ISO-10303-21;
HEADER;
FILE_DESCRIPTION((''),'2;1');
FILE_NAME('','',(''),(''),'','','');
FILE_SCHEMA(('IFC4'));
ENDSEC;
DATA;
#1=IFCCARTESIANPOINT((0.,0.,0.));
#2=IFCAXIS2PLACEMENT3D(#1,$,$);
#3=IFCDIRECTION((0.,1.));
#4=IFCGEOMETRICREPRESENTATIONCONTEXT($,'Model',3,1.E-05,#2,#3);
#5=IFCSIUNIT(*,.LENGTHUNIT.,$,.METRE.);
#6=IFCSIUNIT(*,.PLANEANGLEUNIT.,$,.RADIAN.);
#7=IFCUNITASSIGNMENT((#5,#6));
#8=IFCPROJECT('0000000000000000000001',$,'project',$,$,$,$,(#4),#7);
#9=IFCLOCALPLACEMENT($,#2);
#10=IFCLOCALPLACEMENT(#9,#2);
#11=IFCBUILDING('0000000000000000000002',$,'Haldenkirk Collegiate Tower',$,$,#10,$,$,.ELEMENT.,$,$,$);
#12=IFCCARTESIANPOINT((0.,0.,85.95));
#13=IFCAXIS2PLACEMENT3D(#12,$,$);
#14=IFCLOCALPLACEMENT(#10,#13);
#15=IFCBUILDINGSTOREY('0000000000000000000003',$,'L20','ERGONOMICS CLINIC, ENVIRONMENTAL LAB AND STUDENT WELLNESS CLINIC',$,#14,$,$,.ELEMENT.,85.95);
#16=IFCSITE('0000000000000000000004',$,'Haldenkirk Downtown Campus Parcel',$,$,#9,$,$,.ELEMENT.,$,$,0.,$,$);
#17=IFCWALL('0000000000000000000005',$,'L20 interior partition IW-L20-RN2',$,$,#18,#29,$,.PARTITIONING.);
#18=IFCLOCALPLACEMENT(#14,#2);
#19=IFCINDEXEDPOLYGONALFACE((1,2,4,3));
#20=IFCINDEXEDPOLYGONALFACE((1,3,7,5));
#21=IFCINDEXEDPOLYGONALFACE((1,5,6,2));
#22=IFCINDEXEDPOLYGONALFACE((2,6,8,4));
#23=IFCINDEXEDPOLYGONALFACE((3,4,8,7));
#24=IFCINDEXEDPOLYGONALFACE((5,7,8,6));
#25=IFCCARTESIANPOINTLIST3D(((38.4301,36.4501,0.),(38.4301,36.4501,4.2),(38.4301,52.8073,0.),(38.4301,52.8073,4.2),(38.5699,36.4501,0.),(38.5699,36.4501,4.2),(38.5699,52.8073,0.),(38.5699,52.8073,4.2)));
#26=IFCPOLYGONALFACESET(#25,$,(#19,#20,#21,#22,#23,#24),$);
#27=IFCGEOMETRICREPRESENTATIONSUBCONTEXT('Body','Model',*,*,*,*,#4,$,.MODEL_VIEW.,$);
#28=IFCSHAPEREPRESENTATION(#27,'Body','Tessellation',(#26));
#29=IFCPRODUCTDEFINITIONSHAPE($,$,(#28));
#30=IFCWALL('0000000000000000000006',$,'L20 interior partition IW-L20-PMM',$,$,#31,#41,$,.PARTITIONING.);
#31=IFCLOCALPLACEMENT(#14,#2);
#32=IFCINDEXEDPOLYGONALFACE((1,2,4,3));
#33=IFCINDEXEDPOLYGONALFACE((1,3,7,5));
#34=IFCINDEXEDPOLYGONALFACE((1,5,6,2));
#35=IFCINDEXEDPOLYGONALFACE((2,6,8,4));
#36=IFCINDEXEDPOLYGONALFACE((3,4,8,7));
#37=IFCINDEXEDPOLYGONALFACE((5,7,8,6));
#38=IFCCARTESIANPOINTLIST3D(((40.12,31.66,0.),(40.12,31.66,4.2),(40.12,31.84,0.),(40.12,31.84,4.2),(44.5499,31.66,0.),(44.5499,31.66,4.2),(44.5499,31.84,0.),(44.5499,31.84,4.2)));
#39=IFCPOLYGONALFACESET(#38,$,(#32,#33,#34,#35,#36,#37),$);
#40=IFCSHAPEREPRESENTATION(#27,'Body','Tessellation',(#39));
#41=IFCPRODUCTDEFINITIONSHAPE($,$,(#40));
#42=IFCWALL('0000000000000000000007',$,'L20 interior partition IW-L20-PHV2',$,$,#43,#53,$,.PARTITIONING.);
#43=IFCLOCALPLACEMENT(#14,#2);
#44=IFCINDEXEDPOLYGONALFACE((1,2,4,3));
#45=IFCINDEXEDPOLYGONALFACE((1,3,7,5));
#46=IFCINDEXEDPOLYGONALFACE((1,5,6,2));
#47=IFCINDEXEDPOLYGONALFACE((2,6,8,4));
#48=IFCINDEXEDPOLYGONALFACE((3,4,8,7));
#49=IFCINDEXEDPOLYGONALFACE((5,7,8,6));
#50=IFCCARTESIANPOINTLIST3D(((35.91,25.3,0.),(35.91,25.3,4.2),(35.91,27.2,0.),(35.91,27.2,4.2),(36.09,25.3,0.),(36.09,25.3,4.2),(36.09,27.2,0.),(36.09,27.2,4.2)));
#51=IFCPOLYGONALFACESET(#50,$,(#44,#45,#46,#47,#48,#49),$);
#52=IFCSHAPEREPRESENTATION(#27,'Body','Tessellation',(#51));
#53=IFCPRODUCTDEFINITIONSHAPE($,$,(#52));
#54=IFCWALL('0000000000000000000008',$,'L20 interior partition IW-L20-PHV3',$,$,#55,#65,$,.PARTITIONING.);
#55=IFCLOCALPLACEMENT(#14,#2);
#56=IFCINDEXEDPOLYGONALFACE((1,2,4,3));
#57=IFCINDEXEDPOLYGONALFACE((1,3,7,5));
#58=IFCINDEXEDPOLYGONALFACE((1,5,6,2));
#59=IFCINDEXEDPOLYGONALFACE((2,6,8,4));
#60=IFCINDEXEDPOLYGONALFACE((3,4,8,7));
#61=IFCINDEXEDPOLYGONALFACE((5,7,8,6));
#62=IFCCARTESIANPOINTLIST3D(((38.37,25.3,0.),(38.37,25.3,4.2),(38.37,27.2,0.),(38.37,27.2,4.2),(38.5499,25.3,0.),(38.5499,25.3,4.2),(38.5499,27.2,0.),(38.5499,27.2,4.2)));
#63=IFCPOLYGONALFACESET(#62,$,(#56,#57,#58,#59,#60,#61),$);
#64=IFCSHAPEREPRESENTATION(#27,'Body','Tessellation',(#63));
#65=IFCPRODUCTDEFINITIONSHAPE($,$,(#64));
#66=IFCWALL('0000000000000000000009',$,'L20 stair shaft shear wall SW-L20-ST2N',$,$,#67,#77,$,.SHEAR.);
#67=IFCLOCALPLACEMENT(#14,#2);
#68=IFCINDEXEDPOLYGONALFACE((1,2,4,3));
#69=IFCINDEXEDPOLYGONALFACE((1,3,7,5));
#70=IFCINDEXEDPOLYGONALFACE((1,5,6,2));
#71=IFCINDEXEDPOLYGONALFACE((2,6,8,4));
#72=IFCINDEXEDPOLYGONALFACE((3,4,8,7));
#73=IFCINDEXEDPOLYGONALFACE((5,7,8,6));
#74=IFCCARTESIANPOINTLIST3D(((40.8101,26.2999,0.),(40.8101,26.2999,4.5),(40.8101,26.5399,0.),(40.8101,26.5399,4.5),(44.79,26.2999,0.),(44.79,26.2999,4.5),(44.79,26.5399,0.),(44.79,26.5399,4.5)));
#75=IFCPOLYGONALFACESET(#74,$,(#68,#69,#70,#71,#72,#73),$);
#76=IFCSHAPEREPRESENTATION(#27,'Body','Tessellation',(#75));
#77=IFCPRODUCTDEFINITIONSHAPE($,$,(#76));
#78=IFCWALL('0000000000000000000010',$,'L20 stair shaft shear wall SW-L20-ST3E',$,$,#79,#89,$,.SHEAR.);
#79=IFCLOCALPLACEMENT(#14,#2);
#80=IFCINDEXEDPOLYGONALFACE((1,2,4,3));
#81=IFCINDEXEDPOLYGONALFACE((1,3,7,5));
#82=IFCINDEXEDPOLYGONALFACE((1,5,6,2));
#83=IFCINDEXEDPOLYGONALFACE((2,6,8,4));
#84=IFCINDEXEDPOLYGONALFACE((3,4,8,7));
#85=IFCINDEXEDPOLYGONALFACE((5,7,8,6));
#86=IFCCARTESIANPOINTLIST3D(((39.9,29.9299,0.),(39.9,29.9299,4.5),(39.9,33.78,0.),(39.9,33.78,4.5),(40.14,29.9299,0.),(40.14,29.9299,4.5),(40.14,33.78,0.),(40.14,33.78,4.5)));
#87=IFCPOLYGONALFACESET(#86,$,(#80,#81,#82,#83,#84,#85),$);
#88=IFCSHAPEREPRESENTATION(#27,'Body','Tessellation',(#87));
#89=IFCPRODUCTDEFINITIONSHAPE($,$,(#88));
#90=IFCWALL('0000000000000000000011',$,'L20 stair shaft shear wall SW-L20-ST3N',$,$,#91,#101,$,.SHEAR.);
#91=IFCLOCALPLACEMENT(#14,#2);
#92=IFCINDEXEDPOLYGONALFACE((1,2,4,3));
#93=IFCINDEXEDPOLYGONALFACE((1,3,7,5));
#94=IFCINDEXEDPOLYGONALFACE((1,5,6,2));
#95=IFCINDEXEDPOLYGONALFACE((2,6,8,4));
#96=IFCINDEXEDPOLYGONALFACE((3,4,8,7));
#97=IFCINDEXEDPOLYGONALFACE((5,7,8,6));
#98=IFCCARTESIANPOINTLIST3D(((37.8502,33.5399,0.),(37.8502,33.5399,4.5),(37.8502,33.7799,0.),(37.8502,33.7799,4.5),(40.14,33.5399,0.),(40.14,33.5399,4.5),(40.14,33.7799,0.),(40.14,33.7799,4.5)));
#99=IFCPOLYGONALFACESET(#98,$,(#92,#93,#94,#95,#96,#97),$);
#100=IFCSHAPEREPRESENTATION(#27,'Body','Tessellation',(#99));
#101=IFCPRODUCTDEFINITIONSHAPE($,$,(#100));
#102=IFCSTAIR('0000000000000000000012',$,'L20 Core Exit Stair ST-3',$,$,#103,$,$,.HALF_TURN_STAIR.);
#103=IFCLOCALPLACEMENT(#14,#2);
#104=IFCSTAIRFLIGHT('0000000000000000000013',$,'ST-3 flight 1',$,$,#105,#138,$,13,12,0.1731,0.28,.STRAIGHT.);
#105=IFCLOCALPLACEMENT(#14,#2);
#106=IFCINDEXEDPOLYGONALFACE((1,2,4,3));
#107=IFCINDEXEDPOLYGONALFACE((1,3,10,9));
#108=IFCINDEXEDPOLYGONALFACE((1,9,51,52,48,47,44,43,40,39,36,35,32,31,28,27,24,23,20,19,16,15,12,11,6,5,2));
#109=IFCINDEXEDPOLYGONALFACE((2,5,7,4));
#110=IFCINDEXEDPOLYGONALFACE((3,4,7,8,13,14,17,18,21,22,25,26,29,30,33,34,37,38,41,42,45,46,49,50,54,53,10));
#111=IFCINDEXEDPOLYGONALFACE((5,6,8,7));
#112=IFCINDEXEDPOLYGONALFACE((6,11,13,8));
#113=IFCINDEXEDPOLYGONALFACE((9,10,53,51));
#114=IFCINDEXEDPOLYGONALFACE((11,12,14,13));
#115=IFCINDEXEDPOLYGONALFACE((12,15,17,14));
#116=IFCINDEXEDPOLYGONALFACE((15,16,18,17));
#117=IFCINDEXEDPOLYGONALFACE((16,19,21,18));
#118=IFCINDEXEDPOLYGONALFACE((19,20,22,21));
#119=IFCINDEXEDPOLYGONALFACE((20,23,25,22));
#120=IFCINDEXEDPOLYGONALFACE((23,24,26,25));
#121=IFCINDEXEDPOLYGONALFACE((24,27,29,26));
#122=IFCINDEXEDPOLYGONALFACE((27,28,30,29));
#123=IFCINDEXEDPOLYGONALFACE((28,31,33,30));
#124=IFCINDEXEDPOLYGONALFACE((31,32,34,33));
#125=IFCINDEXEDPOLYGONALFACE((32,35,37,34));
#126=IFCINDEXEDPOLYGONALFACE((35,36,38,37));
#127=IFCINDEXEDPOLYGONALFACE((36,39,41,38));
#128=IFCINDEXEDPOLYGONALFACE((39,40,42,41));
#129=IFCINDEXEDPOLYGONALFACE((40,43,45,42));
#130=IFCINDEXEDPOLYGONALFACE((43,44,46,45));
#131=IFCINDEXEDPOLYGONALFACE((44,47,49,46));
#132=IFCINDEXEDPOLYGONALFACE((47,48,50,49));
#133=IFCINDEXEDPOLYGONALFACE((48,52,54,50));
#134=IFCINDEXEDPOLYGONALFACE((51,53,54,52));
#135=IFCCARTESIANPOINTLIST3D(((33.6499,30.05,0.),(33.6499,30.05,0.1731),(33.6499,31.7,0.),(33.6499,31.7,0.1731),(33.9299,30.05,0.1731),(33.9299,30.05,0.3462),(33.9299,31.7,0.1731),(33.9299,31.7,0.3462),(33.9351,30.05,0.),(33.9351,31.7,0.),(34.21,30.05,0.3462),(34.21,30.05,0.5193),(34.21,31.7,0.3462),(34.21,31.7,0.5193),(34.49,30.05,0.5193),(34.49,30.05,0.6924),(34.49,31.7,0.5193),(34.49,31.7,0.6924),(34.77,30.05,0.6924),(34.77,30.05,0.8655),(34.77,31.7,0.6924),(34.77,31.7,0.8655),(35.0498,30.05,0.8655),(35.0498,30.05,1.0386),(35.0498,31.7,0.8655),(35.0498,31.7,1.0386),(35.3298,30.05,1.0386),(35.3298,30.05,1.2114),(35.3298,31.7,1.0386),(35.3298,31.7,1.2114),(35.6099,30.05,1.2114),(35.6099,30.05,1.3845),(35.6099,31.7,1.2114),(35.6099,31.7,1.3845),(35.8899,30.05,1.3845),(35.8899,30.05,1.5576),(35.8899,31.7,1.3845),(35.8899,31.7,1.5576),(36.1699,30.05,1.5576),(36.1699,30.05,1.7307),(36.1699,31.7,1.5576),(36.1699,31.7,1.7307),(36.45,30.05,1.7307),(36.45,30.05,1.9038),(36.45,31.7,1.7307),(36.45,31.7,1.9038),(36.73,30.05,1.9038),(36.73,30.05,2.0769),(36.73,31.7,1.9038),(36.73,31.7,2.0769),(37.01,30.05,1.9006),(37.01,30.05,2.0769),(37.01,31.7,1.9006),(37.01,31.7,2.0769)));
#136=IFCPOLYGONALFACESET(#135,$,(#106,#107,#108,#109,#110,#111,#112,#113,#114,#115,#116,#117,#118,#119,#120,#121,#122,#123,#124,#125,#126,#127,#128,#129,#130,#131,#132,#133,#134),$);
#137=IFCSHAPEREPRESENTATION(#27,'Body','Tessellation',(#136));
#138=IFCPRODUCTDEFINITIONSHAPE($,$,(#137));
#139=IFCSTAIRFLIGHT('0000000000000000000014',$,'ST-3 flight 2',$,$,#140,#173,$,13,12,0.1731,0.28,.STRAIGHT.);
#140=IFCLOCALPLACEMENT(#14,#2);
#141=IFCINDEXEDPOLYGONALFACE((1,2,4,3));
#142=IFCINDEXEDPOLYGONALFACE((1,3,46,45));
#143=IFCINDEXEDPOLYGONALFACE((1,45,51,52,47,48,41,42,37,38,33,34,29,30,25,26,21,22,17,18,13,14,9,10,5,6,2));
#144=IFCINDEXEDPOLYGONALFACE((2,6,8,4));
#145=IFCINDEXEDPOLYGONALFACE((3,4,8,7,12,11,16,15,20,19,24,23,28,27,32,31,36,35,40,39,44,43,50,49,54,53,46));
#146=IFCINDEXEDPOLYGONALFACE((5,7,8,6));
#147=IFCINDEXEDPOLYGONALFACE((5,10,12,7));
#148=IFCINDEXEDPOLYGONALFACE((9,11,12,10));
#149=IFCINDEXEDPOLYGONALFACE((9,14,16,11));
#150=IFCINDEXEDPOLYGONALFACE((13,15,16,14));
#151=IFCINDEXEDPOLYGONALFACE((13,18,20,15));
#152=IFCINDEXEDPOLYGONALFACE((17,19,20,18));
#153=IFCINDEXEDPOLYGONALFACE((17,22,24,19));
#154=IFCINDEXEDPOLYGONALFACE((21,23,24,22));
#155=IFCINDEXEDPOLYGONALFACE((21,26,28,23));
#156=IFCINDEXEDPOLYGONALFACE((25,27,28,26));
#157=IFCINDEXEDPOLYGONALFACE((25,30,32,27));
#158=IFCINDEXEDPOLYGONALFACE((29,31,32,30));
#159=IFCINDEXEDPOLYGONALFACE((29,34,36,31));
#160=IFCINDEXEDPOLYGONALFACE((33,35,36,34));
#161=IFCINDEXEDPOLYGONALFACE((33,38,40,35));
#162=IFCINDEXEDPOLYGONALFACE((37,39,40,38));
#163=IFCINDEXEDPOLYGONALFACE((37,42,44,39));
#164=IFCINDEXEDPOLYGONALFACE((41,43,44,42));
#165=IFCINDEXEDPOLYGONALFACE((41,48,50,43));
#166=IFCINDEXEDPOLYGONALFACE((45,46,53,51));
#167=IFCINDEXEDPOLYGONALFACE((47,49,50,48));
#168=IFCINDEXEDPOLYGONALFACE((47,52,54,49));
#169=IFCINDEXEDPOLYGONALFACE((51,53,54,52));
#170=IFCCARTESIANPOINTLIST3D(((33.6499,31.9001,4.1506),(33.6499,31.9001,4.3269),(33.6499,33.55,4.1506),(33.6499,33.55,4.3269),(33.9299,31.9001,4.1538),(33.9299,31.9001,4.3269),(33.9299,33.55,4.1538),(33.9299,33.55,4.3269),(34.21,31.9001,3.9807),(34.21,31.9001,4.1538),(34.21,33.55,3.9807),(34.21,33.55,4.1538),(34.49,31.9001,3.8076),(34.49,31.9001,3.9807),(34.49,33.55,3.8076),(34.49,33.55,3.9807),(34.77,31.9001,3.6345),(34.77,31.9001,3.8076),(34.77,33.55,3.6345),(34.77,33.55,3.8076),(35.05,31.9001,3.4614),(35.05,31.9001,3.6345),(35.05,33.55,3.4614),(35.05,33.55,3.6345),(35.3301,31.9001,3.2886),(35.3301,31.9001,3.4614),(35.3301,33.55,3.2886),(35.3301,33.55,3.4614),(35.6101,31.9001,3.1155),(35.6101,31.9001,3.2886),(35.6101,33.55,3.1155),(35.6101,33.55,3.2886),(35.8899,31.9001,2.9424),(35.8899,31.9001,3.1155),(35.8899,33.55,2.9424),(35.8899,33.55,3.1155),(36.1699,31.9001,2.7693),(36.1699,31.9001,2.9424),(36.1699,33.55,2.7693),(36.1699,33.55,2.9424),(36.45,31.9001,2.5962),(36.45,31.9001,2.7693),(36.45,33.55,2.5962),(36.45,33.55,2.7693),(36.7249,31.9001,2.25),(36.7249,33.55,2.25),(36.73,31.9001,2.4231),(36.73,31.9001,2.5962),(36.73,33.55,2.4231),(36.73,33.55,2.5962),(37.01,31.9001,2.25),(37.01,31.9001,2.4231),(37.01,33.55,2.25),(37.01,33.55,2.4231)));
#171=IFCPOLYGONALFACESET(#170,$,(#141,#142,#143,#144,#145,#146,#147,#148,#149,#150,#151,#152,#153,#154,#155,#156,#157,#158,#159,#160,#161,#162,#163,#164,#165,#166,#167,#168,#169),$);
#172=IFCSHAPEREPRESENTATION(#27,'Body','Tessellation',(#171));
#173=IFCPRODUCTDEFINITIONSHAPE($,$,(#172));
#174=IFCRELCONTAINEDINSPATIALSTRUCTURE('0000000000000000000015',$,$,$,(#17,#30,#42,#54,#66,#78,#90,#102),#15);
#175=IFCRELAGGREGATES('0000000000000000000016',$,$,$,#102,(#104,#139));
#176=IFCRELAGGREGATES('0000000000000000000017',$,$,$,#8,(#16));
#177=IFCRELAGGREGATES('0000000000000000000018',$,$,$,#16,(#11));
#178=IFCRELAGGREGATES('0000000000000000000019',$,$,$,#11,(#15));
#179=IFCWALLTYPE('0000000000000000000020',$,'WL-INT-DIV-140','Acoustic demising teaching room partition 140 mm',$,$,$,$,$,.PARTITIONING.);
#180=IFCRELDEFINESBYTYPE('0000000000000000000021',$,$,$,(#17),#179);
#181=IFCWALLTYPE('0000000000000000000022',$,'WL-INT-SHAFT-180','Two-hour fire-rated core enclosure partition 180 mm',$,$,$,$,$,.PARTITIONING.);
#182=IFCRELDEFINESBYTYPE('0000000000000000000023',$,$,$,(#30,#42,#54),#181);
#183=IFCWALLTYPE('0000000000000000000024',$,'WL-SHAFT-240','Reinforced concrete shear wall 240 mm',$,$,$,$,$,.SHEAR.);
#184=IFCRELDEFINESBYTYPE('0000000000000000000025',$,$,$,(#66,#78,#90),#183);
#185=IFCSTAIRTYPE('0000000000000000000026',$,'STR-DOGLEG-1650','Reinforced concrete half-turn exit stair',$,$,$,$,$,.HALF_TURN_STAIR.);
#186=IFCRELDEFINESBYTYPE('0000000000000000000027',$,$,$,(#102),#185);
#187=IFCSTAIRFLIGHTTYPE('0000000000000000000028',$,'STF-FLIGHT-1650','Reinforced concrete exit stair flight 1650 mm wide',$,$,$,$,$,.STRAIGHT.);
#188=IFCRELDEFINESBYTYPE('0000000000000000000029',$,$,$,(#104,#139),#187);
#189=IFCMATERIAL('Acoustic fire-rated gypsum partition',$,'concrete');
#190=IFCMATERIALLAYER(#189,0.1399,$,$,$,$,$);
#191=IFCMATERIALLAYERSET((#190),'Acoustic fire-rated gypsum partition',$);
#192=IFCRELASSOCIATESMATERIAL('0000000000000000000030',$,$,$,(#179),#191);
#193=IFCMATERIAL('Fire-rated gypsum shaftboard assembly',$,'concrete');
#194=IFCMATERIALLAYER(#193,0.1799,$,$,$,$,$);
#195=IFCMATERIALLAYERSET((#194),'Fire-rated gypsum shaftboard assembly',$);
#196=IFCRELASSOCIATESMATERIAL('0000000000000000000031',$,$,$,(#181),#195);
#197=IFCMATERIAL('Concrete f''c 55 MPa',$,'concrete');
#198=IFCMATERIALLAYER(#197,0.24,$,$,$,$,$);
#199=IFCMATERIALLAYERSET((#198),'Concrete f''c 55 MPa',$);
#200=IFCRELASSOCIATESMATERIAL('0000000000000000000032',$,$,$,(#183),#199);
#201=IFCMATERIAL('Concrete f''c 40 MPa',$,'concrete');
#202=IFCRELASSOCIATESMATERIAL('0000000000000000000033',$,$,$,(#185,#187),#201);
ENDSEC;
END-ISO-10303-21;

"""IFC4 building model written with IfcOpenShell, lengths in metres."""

from ifc_helpers import new_model, si_unit, direction, frame, frame_2d, origin, place, context, subcontext, project, spatial, polyline, rectangle, outline, extrude, material, layer, layer_set, type_object, element, aggregate, save


model = new_model("IFC4")

# Units and contexts
model_context = context("Model", 3, precision=1e-05, world=origin(), true_north=direction((0.0, 1.0)))
body_context = subcontext(model_context, "Body", "Model", "MODEL_VIEW")
ifc_project = project(units=[si_unit("LENGTHUNIT", "METRE"), si_unit("PLANEANGLEUNIT", "RADIAN")], contexts=[model_context])

# Site, building, storey
site_placement = place(None, origin())
site = spatial("IfcSite", under=ifc_project, at=site_placement, Name="Haldenkirk Downtown Campus Parcel", CompositionType="ELEMENT", RefElevation=0.0)
building_placement = place(site_placement, origin())
building = spatial("IfcBuilding", under=site, at=building_placement, Name="Haldenkirk Collegiate Tower", CompositionType="ELEMENT")
storey_placement = place(building_placement, frame((0.0, 0.0, 85.95)))
storey = spatial("IfcBuildingStorey", under=building, at=storey_placement, Name="L20", Description="ERGONOMICS CLINIC, ENVIRONMENTAL LAB AND STUDENT WELLNESS CLINIC", CompositionType="ELEMENT", Elevation=85.95)

# Shared definitions
ifc_material_1 = material(Name="Acoustic fire-rated gypsum partition", Category="concrete")

# Wall
ifc_layer_1 = layer(ifc_material_1, 0.1399)
ifc_layer_set_1 = layer_set([ifc_layer_1], Name="Acoustic fire-rated gypsum partition")
wall_type_1 = type_object("IfcWallType", Name="WL-INT-DIV-140", Description="Acoustic demising teaching room partition 140 mm", PredefinedType="PARTITIONING", material=ifc_layer_set_1)
wall_1_placement = place(storey_placement, frame((38.5, 36.45, 0.0), z_axis=(0.0, 0.0, 1.0), x_axis=(0.0, 1.0, 0.0)))
element("IfcWall", 1, at=wall_1_placement, inside=storey, type_object=wall_type_1, Name="L20 interior partition IW-L20-RN2", PredefinedType="PARTITIONING", context=body_context, shape_type="SweptSolid", body=[
    extrude(rectangle(XDim=16.3572, YDim=0.1399, at=frame_2d((8.1787, 0.0))), origin(), (0.0, 0.0, 1.0), 4.2),
])

# Shared definitions
ifc_material_2 = material(Name="Fire-rated gypsum shaftboard assembly", Category="concrete")
ifc_layer_2 = layer(ifc_material_2, 0.1799)
ifc_layer_set_2 = layer_set([ifc_layer_2], Name="Fire-rated gypsum shaftboard assembly")
wall_type_2 = type_object("IfcWallType", Name="WL-INT-SHAFT-180", Description="Two-hour fire-rated core enclosure partition 180 mm", PredefinedType="PARTITIONING", material=ifc_layer_set_2)

# Walls
wall_2_placement = place(storey_placement, frame((40.1201, 31.75, 0.0), z_axis=(0.0, 0.0, 1.0), x_axis=(1.0, 0.0, 0.0)))
element("IfcWall", 2, at=wall_2_placement, inside=storey, type_object=wall_type_2, Name="L20 interior partition IW-L20-PMM", PredefinedType="PARTITIONING", context=body_context, shape_type="SweptSolid", body=[
    extrude(rectangle(XDim=4.4299, YDim=0.1799, at=frame_2d((2.2148, 0.0))), origin(), (0.0, 0.0, 1.0), 4.2),
])
for number, where, z_axis, x_axis, name in (
    (3, (36.0, 25.3, 0.0), (0.0, 0.0, 1.0), (0.0, 1.0, 0.0), "L20 interior partition IW-L20-PHV2"),
    (4, (38.46, 25.3, 0.0), (0.0, 0.0, 1.0), (0.0, 1.0, 0.0), "L20 interior partition IW-L20-PHV3"),
):
    element("IfcWall", number, at=place(storey_placement, frame(where, z_axis=z_axis, x_axis=x_axis)), inside=storey, type_object=wall_type_2, Name=name, PredefinedType="PARTITIONING", context=body_context, shape_type="SweptSolid", body=[
        extrude(rectangle(XDim=1.8999, YDim=0.1799, at=frame_2d((0.95, 0.0))), origin(), (0.0, 0.0, 1.0), 4.2),
    ])
ifc_material_3 = material(Name="Concrete f'c 55 MPa", Category="concrete")
ifc_layer_3 = layer(ifc_material_3, 0.24)
ifc_layer_set_3 = layer_set([ifc_layer_3], Name="Concrete f'c 55 MPa")
wall_type_3 = type_object("IfcWallType", Name="WL-SHAFT-240", Description="Reinforced concrete shear wall 240 mm", PredefinedType="SHEAR", material=ifc_layer_set_3)
wall_3_placement = place(storey_placement, frame((40.8101, 26.4199, 0.0), z_axis=(0.0, 0.0, 1.0), x_axis=(1.0, 0.0, 0.0)))
element("IfcWall", 5, at=wall_3_placement, inside=storey, type_object=wall_type_3, Name="L20 stair shaft shear wall SW-L20-ST2N", PredefinedType="SHEAR", context=body_context, shape_type="SweptSolid", body=[
    extrude(rectangle(XDim=3.98, YDim=0.24, at=frame_2d((1.99, 0.0))), origin(), (0.0, 0.0, 1.0), 4.5),
])
wall_4_placement = place(storey_placement, frame((40.02, 29.9299, 0.0), z_axis=(0.0, 0.0, 1.0), x_axis=(0.0, 1.0, 0.0)))
element("IfcWall", 6, at=wall_4_placement, inside=storey, type_object=wall_type_3, Name="L20 stair shaft shear wall SW-L20-ST3E", PredefinedType="SHEAR", context=body_context, shape_type="SweptSolid", body=[
    extrude(rectangle(XDim=3.8501, YDim=0.24, at=frame_2d((1.925, 0.0))), origin(), (0.0, 0.0, 1.0), 4.5),
])
wall_5_placement = place(storey_placement, frame((37.8501, 33.6599, 0.0), z_axis=(0.0, 0.0, 1.0), x_axis=(1.0, 0.0, 0.0)))
element("IfcWall", 7, at=wall_5_placement, inside=storey, type_object=wall_type_3, Name="L20 stair shaft shear wall SW-L20-ST3N", PredefinedType="SHEAR", context=body_context, shape_type="SweptSolid", body=[
    extrude(rectangle(XDim=2.2898, YDim=0.24, at=frame_2d((1.145, 0.0))), origin(), (0.0, 0.0, 1.0), 4.5),
])

# Stair, stair flights
ifc_material_4 = material(Name="Concrete f'c 40 MPa", Category="concrete")
stair_type = type_object("IfcStairType", Name="STR-DOGLEG-1650", Description="Reinforced concrete half-turn exit stair", PredefinedType="HALF_TURN_STAIR", material=ifc_material_4)
stair_placement = place(storey_placement, origin())
stair = element("IfcStair", 8, at=stair_placement, inside=storey, type_object=stair_type, Name="L20 Core Exit Stair ST-3", PredefinedType="HALF_TURN_STAIR")
stair_flight_type = type_object("IfcStairFlightType", Name="STF-FLIGHT-1650", Description="Reinforced concrete exit stair flight 1650 mm wide", PredefinedType="STRAIGHT", material=ifc_material_4)
stair_flight_1_placement = place(storey_placement, frame((33.6499, 30.875, 0.0), z_axis=(0.0, 0.0, 1.0), x_axis=(1.0, 0.0, 0.0)))
stair_flight_1 = element("IfcStairFlight", 9, at=stair_flight_1_placement, type_object=stair_flight_type, Name="ST-3 flight 1", NumberOfRisers=13, NumberOfTreads=12, PredefinedType="STRAIGHT", RiserHeight=0.1731, TreadLength=0.28, context=body_context, shape_type="SweptSolid", body=[
    extrude(outline(polyline([(0.0, 0.0), (0.0, 0.1731), (0.28, 0.1731), (0.28, 0.3462), (0.5601, 0.3462), (0.5601, 0.5193), (0.8401, 0.5193), (0.8401, 0.6924), (1.1201, 0.6924), (1.1201, 0.8655), (1.3999, 0.8655), (1.3999, 1.0386), (1.6799, 1.0386), (1.6799, 1.2114), (1.96, 1.2114), (1.96, 1.3845), (2.24, 1.3845), (2.24, 1.5576), (2.52, 1.5576), (2.52, 1.7307), (2.8, 1.7307), (2.8, 1.9038), (3.0801, 1.9038), (3.0801, 2.0769), (3.3601, 2.0769), (3.3601, 2.25), (3.3601, 1.9006), (0.2852, 0.0), (0.0, 0.0)])), frame((0.0, 0.825, 0.0), z_axis=(0.0, -1.0, 0.0), x_axis=(1.0, 0.0, 0.0)), (0.0, 0.0, 1.0), 1.6499),
])
stair_flight_2_placement = place(storey_placement, frame((37.01, 32.7251, 2.25), z_axis=(0.0, 0.0, 1.0), x_axis=(-1.0, 0.0, 0.0)))
stair_flight_2 = element("IfcStairFlight", 10, at=stair_flight_2_placement, type_object=stair_flight_type, Name="ST-3 flight 2", NumberOfRisers=13, NumberOfTreads=12, PredefinedType="STRAIGHT", RiserHeight=0.1731, TreadLength=0.28, context=body_context, shape_type="SweptSolid", body=[
    extrude(outline(polyline([(0.0, 0.0), (0.0, 0.1731), (0.28, 0.1731), (0.28, 0.3462), (0.5601, 0.3462), (0.5601, 0.5193), (0.8401, 0.5193), (0.8401, 0.6924), (1.1201, 0.6924), (1.1201, 0.8655), (1.3999, 0.8655), (1.3999, 1.0386), (1.6799, 1.0386), (1.6799, 1.2114), (1.96, 1.2114), (1.96, 1.3845), (2.24, 1.3845), (2.24, 1.5576), (2.52, 1.5576), (2.52, 1.7307), (2.8, 1.7307), (2.8, 1.9038), (3.0801, 1.9038), (3.0801, 2.0769), (3.3601, 2.0769), (3.3601, 2.25), (3.3601, 1.9006), (0.2852, 0.0), (0.0, 0.0)])), frame((0.0, 0.825, 0.0), z_axis=(0.0, -1.0, 0.0), x_axis=(1.0, 0.0, 0.0)), (0.0, 0.0, 1.0), 1.6499),
])
aggregate(stair, [stair_flight_1, stair_flight_2])

save(model, "model.ifc")
